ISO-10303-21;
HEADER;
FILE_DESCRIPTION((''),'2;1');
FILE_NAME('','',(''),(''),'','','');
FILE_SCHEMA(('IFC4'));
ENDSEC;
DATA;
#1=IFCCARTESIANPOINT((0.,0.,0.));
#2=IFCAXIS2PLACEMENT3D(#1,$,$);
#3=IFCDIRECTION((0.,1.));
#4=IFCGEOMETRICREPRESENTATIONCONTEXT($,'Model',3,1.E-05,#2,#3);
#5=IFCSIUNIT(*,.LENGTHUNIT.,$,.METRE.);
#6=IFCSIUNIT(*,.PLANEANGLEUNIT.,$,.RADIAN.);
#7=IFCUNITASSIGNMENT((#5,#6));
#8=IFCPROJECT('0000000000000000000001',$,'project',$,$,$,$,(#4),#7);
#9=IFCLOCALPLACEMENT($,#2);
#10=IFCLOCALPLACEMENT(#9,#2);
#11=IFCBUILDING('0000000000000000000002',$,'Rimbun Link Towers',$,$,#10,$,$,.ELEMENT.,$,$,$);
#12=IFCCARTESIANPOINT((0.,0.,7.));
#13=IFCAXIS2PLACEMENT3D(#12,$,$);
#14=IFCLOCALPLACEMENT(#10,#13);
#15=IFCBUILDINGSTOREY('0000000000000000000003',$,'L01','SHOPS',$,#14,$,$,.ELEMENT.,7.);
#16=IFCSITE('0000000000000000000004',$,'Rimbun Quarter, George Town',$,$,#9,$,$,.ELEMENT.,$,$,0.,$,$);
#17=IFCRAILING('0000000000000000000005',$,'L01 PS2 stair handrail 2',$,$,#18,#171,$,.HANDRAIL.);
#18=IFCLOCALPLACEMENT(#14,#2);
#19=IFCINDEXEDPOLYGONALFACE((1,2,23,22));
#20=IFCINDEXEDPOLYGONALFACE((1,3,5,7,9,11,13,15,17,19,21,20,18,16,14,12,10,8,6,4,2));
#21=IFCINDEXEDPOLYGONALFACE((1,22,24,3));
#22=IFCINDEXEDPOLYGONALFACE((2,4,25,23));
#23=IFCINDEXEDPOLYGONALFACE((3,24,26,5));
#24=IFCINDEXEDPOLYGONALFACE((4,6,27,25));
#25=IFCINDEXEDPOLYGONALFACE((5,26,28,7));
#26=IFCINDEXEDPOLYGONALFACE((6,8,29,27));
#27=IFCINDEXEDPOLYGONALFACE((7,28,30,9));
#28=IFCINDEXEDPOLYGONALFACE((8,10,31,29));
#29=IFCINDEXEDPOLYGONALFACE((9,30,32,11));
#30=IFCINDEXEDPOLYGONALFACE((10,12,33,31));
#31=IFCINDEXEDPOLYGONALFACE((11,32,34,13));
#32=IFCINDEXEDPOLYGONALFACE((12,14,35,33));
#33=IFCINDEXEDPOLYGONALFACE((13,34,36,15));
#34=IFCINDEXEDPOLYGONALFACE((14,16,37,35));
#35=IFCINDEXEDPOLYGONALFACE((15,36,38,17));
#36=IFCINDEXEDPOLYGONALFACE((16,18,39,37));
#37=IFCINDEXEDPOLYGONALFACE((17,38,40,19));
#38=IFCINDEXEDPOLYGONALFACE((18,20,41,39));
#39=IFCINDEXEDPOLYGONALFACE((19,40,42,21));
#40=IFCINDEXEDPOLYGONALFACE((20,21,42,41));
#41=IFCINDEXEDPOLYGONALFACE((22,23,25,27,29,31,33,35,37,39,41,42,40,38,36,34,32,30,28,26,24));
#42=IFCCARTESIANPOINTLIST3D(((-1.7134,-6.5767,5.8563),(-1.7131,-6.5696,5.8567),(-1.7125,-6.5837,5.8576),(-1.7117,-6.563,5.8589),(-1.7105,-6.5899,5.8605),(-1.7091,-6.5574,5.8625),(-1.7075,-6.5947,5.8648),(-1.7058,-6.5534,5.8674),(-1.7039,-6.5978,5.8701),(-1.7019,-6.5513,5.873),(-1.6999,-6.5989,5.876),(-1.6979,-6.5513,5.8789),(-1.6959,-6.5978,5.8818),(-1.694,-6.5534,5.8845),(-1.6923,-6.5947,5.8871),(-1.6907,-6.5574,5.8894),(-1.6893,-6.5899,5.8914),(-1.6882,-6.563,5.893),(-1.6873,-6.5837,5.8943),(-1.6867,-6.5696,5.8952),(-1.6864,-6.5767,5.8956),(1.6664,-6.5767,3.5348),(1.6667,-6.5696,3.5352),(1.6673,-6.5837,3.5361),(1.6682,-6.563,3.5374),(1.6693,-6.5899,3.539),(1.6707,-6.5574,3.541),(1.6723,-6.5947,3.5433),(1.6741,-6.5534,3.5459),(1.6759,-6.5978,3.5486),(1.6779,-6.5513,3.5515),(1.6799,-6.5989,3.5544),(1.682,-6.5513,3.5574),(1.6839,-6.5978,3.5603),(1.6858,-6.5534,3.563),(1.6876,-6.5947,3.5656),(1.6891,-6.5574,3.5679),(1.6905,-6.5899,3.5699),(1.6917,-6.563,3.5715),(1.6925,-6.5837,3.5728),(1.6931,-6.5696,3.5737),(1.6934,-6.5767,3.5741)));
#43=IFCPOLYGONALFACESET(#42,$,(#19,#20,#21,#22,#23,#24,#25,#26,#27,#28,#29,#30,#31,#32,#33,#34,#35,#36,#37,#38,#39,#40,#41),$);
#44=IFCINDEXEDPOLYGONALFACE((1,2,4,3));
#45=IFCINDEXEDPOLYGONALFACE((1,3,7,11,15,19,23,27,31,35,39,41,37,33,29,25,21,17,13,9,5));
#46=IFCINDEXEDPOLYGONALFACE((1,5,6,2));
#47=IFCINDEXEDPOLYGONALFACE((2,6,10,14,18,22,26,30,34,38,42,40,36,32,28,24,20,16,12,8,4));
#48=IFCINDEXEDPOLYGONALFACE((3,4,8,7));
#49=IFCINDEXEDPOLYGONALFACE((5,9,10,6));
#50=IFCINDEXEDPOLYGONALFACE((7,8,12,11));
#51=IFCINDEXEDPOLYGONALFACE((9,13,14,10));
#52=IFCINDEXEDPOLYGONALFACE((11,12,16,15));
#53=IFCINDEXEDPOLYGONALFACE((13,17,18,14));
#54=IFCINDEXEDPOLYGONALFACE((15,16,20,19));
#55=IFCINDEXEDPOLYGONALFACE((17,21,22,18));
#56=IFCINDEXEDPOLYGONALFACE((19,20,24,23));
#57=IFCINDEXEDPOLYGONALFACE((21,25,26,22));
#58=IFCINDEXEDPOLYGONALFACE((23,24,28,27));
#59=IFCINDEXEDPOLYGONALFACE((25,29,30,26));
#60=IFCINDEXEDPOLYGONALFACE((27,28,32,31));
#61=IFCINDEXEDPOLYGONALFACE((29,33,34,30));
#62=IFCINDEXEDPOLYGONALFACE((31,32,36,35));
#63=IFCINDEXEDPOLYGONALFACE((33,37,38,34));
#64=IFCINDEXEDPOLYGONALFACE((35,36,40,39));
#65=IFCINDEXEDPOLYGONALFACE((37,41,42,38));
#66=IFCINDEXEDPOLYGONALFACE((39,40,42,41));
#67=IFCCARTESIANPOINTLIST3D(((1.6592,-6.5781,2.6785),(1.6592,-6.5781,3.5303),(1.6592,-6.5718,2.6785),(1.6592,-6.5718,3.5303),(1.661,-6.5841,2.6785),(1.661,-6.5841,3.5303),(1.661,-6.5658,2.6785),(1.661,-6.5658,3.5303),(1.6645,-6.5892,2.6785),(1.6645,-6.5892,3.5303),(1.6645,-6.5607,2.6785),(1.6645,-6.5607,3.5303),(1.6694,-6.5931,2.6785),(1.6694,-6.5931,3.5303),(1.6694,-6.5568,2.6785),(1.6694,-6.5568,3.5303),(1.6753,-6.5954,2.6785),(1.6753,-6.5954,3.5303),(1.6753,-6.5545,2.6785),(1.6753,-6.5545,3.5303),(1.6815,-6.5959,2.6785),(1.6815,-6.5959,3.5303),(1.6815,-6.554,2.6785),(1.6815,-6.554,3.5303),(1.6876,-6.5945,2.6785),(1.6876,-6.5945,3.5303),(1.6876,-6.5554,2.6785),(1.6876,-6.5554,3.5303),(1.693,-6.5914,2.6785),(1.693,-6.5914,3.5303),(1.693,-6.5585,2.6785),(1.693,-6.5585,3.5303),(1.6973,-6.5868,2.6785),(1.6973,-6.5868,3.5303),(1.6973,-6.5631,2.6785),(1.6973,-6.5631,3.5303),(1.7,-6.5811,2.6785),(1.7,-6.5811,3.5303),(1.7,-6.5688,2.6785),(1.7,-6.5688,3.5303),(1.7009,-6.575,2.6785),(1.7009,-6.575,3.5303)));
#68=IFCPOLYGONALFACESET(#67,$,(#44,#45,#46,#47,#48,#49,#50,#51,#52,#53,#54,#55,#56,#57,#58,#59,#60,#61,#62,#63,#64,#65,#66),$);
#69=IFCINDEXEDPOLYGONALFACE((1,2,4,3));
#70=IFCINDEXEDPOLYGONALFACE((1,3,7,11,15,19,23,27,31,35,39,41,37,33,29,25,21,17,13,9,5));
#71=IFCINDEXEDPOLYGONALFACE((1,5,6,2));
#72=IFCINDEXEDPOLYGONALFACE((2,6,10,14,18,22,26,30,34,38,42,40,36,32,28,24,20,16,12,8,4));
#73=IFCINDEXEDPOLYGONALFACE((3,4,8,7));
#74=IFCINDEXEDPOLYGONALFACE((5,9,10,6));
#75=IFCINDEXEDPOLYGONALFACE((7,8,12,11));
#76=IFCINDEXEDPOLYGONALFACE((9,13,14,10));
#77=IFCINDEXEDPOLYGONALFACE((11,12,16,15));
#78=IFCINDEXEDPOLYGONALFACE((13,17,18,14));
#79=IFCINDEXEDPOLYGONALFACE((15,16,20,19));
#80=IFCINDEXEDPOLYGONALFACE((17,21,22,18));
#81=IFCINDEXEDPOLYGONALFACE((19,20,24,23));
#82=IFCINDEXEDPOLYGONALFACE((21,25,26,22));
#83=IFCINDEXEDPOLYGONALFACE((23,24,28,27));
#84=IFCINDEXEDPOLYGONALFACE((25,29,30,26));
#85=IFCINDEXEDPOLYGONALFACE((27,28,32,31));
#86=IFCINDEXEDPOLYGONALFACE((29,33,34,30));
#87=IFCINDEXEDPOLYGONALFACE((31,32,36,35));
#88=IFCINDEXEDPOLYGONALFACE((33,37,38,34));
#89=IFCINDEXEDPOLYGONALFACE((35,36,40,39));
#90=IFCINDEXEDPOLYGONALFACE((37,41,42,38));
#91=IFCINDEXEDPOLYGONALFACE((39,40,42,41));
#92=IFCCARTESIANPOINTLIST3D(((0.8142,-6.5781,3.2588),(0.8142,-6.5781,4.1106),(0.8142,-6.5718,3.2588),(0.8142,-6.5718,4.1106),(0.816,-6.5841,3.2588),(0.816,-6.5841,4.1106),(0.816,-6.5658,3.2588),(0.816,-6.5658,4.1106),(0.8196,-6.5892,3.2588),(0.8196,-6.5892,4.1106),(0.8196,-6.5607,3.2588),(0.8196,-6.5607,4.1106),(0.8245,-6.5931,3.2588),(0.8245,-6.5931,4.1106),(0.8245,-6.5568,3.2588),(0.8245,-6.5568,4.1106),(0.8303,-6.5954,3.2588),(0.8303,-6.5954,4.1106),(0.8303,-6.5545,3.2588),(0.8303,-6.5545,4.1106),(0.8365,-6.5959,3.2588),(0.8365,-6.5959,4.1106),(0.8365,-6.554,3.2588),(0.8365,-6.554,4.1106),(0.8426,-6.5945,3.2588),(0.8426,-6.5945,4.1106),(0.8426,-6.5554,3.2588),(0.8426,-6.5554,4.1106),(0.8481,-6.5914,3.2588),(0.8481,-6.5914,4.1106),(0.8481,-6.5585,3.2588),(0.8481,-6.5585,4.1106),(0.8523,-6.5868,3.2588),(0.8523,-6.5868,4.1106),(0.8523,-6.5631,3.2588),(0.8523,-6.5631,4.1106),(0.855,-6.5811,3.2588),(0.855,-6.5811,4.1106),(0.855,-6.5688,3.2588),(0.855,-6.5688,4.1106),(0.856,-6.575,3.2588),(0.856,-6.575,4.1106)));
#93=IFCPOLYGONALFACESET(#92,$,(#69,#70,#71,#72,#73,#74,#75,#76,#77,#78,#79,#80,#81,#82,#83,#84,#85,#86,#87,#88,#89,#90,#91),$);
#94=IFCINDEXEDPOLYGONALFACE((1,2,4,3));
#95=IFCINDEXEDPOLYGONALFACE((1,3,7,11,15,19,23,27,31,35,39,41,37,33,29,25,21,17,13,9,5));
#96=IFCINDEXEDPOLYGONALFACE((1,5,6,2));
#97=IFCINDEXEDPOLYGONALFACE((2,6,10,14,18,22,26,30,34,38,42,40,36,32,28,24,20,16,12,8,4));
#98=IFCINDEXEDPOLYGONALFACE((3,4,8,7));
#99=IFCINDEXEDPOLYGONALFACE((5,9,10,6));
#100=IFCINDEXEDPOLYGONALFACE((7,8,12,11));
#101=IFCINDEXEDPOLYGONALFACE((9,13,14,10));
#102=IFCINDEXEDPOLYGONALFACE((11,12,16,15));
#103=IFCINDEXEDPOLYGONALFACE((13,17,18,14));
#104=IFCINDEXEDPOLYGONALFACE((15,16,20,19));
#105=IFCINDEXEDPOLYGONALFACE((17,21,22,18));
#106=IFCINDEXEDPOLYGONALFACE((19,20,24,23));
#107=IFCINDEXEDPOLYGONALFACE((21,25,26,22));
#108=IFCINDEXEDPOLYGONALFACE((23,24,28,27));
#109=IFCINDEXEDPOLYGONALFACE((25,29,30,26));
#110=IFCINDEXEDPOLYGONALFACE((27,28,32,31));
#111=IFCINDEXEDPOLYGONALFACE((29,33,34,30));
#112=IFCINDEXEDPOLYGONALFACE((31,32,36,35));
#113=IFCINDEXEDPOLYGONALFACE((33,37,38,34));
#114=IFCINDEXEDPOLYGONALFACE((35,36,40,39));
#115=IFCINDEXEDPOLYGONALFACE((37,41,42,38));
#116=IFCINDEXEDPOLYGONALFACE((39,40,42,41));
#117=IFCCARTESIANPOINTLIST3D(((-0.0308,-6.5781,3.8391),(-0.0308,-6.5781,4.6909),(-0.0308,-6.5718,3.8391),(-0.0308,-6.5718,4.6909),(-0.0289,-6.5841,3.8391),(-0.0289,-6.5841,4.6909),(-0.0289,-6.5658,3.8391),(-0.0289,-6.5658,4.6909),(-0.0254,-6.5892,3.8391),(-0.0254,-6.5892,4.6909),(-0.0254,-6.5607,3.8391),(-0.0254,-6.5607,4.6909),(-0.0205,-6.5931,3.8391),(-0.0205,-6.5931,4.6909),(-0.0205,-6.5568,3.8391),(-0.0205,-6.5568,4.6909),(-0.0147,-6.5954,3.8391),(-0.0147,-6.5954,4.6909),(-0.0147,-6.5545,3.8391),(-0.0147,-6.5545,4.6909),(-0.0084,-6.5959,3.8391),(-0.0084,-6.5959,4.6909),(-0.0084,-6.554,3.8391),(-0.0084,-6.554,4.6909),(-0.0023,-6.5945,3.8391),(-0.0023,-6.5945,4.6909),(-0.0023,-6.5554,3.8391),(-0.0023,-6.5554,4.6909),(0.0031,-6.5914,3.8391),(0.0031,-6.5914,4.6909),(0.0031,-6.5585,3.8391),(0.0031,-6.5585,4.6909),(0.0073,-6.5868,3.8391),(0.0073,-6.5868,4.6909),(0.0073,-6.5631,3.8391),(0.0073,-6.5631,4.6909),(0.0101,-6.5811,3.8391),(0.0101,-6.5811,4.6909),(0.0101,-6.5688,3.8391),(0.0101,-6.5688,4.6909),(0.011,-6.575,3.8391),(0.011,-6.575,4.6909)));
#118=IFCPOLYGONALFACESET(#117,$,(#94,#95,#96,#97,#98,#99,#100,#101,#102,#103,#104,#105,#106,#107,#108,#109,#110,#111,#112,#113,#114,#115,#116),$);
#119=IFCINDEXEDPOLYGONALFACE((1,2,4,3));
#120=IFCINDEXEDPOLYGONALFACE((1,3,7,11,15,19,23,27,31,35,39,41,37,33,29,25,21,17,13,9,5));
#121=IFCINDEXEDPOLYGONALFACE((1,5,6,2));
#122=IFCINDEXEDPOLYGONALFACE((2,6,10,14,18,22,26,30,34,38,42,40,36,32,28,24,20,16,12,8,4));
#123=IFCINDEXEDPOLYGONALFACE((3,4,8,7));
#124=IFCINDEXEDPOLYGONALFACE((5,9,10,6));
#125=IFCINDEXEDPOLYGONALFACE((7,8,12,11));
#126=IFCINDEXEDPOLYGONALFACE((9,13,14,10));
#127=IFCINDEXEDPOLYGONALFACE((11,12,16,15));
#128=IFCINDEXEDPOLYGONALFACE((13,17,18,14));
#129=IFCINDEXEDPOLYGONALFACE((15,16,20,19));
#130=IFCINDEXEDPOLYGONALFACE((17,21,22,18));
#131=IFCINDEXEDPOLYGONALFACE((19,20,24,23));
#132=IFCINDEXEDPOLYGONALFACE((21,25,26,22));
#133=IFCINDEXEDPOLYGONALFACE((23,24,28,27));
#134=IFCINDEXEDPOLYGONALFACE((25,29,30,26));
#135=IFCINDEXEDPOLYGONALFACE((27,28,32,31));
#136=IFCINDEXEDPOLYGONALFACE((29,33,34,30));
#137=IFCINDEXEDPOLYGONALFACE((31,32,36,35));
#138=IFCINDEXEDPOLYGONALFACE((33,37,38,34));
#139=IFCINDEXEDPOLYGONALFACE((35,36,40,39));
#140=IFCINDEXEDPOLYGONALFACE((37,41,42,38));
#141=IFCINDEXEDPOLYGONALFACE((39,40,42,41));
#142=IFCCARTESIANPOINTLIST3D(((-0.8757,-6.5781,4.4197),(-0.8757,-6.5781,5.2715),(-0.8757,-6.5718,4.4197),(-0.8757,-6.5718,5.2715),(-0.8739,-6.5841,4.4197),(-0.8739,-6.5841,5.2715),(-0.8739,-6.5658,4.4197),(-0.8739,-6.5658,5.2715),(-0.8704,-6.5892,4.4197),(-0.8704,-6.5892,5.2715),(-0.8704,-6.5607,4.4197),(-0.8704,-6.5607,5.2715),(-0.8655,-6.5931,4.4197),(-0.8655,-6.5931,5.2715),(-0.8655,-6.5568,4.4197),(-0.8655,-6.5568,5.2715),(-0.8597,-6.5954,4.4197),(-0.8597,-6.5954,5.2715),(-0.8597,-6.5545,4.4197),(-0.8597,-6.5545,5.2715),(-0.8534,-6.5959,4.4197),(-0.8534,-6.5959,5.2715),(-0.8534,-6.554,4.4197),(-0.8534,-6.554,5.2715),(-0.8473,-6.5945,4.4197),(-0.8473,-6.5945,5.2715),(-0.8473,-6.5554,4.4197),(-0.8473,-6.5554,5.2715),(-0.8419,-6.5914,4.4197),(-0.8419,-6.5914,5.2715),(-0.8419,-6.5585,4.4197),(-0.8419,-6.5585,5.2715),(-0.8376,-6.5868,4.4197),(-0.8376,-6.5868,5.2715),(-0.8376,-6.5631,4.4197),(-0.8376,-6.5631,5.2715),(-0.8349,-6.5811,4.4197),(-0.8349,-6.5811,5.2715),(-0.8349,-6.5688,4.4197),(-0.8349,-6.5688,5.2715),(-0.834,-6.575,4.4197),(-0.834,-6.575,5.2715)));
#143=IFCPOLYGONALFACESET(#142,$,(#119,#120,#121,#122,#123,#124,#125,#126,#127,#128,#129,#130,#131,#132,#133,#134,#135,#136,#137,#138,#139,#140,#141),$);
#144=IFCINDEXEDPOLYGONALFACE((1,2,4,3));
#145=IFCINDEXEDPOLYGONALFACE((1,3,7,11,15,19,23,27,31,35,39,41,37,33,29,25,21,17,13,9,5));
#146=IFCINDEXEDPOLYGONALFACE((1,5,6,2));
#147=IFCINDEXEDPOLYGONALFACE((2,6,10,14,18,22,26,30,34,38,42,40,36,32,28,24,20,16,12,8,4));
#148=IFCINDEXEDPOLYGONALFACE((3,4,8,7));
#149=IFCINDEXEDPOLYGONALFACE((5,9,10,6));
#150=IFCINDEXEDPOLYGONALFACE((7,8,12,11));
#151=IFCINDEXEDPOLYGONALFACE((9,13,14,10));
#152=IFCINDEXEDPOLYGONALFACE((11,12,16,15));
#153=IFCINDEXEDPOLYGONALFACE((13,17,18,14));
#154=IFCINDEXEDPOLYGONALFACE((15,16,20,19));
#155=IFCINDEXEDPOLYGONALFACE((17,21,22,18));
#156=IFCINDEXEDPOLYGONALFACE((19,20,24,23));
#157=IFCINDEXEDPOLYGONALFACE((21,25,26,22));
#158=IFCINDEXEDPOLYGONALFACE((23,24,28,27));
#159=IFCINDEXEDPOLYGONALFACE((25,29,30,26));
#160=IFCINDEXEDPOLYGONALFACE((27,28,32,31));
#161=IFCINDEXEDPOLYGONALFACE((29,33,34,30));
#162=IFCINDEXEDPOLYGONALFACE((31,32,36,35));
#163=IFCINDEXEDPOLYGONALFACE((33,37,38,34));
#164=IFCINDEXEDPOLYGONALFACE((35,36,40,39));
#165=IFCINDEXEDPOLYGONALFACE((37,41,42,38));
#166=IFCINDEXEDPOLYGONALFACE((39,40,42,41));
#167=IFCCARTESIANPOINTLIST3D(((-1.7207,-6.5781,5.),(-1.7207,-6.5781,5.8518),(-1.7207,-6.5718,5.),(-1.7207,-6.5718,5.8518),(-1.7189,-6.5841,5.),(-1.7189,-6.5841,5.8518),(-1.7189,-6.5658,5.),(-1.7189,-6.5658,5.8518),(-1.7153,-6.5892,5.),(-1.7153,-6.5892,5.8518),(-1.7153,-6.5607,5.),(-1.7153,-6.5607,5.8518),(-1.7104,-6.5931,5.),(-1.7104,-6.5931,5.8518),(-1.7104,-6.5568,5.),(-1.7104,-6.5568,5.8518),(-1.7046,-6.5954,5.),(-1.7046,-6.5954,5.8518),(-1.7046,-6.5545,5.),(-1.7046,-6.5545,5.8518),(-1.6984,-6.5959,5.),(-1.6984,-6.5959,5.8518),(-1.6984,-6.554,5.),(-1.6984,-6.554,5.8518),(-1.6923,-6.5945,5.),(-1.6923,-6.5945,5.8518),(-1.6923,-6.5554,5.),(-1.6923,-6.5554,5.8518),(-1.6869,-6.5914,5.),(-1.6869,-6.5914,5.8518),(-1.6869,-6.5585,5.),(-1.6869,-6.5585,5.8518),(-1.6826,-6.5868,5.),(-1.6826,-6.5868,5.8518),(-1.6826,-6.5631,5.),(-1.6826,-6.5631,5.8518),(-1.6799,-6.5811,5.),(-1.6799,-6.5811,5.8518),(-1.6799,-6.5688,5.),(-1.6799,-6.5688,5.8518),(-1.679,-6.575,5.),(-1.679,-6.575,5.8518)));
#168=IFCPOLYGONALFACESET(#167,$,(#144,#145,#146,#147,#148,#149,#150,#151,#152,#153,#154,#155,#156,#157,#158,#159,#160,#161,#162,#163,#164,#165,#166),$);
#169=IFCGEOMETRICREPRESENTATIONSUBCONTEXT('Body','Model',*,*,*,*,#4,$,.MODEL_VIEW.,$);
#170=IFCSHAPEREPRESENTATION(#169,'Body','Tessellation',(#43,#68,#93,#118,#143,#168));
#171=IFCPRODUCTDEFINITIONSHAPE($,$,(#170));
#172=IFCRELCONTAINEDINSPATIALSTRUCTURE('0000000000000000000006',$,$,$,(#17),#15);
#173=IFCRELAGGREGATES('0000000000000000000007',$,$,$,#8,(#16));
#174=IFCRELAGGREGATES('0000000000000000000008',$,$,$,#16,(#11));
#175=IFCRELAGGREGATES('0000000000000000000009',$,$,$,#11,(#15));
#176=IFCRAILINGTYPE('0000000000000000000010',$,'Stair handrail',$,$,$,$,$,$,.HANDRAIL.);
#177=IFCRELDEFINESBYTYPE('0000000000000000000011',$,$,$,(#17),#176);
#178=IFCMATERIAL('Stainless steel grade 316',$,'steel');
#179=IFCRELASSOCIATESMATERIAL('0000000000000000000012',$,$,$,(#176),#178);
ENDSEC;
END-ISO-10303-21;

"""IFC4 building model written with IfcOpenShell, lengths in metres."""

from ifc_helpers import new_model, si_unit, direction, frame, origin, origin_2d, place, context, subcontext, project, spatial, circle, extrude, material, type_object, element, save


model = new_model("IFC4")

# Units and contexts
model_context = context("Model", 3, precision=1e-05, world=origin(), true_north=direction((0.0, 1.0)))
body_context = subcontext(model_context, "Body", "Model", "MODEL_VIEW")
ifc_project = project(units=[si_unit("LENGTHUNIT", "METRE"), si_unit("PLANEANGLEUNIT", "RADIAN")], contexts=[model_context])

# Site, building, storey
site_placement = place(None, origin())
site = spatial("IfcSite", under=ifc_project, at=site_placement, Name="Rimbun Quarter, George Town", CompositionType="ELEMENT", RefElevation=0.0)
building_placement = place(site_placement, origin())
building = spatial("IfcBuilding", under=site, at=building_placement, Name="Rimbun Link Towers", CompositionType="ELEMENT")
storey_placement = place(building_placement, frame((0.0, 0.0, 7.0)))
storey = spatial("IfcBuildingStorey", under=building, at=storey_placement, Name="L01", Description="SHOPS", CompositionType="ELEMENT", Elevation=7.0)

# Railing
ifc_material_1 = material(Name="Stainless steel grade 316", Category="steel")
railing_type_1 = type_object("IfcRailingType", Name="Stair handrail", PredefinedType="HANDRAIL", material=ifc_material_1)
railing_1_placement = place(storey_placement, frame((1.6799, -6.575, 2.6785)))
element("IfcRailing", 1, at=railing_1_placement, inside=storey, type_object=railing_type_1, Name="L01 PS2 stair handrail 2", PredefinedType="HANDRAIL", context=body_context, shape_type="SweptSolid", body=[
    extrude(circle(Radius=0.0239, at=origin_2d()), frame((0.0, 0.0, 0.876), z_axis=(-0.824285, 0.0, 0.566175), x_axis=(0.0, -1.0, 0.0)), (0.0, 0.0, 1.0), 4.1003),
    extrude(circle(Radius=0.021, at=origin_2d()), origin(), (0.0, 0.0, 1.0), 0.8518),
    extrude(circle(Radius=0.021, at=origin_2d()), frame((-0.845, 0.0, 0.5803)), (0.0, 0.0, 1.0), 0.8518),
    extrude(circle(Radius=0.021, at=origin_2d()), frame((-1.6899, 0.0, 1.1606)), (0.0, 0.0, 1.0), 0.8518),
    extrude(circle(Radius=0.021, at=origin_2d()), frame((-2.5349, 0.0, 1.7412)), (0.0, 0.0, 1.0), 0.8518),
    extrude(circle(Radius=0.021, at=origin_2d()), frame((-3.3799, 0.0, 2.3215)), (0.0, 0.0, 1.0), 0.8518),
])

save(model, "model.ifc")
